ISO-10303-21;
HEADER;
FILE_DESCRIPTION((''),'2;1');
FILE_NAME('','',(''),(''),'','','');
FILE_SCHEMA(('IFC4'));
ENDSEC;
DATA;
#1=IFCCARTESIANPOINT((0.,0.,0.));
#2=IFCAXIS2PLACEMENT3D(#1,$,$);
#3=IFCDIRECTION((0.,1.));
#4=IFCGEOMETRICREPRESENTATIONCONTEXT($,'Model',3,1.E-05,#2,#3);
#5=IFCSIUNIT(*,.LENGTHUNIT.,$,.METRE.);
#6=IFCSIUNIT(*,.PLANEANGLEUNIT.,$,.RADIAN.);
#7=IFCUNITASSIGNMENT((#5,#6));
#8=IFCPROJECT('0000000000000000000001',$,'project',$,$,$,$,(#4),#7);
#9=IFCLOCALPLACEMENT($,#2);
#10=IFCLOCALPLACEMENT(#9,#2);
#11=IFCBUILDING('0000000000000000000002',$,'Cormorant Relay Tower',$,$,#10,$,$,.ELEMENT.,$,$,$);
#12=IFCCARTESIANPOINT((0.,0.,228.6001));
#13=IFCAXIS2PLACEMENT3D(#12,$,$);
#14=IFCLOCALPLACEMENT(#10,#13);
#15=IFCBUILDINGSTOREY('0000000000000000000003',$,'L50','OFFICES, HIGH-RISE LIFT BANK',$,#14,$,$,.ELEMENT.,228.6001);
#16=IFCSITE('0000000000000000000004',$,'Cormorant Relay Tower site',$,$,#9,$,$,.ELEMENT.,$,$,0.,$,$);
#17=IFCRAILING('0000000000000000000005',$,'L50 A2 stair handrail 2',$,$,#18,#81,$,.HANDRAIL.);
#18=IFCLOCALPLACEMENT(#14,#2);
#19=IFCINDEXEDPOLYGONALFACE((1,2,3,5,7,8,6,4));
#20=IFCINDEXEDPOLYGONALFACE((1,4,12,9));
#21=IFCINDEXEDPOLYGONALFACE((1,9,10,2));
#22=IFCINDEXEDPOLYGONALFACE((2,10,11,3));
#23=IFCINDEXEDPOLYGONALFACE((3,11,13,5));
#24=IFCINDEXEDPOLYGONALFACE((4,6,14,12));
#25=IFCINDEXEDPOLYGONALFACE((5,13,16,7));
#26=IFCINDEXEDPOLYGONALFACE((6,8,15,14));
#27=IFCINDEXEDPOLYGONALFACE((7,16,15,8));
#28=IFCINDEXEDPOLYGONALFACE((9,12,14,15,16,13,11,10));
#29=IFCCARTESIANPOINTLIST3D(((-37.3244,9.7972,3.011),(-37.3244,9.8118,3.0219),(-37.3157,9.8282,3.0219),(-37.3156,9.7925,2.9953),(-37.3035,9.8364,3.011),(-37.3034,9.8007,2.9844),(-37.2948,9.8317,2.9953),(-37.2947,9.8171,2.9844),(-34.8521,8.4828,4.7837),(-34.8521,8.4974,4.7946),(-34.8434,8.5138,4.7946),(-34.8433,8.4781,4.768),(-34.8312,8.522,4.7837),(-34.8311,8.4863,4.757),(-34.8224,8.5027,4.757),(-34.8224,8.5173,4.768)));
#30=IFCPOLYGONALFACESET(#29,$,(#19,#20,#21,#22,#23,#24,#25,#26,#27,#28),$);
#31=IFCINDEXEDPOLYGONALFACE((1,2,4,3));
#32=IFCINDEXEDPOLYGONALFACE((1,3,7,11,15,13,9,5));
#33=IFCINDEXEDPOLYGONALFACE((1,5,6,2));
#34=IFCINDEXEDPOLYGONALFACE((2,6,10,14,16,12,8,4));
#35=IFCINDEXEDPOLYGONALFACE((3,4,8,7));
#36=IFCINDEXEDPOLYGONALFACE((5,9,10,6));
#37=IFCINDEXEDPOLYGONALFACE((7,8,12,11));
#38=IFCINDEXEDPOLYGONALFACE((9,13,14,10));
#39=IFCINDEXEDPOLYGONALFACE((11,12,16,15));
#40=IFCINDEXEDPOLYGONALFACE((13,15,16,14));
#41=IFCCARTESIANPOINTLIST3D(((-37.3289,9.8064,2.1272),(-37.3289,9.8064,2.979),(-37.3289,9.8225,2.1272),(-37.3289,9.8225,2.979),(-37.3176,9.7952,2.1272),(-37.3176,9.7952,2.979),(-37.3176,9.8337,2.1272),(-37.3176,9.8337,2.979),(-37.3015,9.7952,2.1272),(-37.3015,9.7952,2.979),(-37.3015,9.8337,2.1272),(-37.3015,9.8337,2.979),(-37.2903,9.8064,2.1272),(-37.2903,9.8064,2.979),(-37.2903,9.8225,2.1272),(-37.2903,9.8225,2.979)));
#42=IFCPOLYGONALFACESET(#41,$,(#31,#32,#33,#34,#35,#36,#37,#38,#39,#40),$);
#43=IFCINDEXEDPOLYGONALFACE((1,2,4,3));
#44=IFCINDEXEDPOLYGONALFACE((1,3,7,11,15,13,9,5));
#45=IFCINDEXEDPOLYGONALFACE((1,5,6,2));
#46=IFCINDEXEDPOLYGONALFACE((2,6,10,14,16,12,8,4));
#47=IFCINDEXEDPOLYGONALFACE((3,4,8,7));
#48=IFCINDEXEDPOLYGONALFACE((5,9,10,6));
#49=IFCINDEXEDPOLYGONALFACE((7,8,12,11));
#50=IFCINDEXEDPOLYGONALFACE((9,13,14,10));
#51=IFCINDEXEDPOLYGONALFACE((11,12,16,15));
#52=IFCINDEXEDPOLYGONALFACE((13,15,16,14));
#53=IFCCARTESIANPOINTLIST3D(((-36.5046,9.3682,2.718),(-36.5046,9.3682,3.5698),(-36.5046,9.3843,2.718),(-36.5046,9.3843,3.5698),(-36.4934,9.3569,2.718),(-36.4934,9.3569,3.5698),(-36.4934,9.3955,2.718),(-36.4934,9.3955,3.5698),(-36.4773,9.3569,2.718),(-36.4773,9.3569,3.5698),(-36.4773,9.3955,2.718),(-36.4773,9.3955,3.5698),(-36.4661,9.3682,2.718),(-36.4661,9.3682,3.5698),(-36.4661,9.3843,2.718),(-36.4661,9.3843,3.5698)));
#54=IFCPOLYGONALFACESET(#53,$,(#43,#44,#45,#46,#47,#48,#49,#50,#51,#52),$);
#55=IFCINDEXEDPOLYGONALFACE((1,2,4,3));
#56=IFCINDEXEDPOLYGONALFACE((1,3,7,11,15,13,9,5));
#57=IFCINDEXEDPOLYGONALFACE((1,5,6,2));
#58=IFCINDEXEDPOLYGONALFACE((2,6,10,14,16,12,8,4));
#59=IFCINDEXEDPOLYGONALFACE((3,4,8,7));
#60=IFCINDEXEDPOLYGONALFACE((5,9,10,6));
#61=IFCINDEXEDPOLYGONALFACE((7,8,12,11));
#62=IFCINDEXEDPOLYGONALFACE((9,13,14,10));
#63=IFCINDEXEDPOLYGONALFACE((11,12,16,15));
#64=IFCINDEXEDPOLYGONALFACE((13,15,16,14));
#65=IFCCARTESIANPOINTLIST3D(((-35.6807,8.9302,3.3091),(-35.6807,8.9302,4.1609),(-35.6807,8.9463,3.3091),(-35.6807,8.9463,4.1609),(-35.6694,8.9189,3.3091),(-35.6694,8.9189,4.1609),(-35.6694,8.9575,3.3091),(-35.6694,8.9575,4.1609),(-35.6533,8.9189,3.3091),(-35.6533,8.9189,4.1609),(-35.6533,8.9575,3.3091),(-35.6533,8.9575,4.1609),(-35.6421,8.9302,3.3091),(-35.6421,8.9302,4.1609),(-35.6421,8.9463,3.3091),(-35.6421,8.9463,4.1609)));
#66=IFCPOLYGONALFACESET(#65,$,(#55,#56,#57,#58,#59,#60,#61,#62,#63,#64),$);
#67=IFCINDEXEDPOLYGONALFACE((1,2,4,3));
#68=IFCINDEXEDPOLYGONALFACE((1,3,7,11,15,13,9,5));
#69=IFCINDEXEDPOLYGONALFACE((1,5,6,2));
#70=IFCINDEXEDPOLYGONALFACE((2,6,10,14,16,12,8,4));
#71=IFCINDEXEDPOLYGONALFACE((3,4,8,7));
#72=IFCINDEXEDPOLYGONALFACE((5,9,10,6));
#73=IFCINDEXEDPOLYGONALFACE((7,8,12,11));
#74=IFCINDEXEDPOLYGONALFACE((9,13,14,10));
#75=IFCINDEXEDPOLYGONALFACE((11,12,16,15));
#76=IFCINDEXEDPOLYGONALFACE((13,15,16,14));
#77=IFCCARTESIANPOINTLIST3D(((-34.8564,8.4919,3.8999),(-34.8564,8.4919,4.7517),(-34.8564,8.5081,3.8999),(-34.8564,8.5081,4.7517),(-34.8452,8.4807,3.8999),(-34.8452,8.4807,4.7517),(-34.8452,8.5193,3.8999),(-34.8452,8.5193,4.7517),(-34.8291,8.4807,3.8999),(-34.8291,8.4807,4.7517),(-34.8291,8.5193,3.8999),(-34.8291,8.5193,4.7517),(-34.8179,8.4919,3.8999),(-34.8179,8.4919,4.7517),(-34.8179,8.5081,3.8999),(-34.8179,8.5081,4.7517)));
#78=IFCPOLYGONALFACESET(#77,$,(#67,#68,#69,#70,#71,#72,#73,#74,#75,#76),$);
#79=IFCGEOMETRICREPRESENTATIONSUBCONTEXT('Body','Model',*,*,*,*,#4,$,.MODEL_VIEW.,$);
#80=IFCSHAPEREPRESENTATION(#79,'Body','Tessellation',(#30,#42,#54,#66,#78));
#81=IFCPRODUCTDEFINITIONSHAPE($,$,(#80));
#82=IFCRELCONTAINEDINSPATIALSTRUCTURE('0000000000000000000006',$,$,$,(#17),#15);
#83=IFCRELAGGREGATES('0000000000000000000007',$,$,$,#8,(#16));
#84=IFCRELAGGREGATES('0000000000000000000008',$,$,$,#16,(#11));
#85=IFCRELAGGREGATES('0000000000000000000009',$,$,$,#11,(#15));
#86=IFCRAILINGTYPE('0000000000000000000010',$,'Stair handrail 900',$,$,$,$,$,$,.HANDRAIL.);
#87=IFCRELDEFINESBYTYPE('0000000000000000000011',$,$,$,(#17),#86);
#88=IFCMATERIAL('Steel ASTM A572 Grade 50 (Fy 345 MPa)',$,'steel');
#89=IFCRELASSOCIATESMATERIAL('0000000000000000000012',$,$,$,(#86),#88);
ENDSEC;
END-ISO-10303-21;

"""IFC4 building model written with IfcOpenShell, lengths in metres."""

from ifc_helpers import new_model, si_unit, direction, frame, origin, place, context, subcontext, project, spatial, polyline, outline, extrude, material, type_object, element, save


model = new_model("IFC4")

# Units and contexts
model_context = context("Model", 3, precision=1e-05, world=origin(), true_north=direction((0.0, 1.0)))
body_context = subcontext(model_context, "Body", "Model", "MODEL_VIEW")
ifc_project = project(units=[si_unit("LENGTHUNIT", "METRE"), si_unit("PLANEANGLEUNIT", "RADIAN")], contexts=[model_context])

# Site, building, storey
site_placement = place(None, origin())
site = spatial("IfcSite", under=ifc_project, at=site_placement, Name="Cormorant Relay Tower site", CompositionType="ELEMENT", RefElevation=0.0)
building_placement = place(site_placement, origin())
building = spatial("IfcBuilding", under=site, at=building_placement, Name="Cormorant Relay Tower", CompositionType="ELEMENT")
storey_placement = place(building_placement, frame((0.0, 0.0, 228.6001)))
storey = spatial("IfcBuildingStorey", under=building, at=storey_placement, Name="L50", Description="OFFICES, HIGH-RISE LIFT BANK", CompositionType="ELEMENT", Elevation=228.6001)

# Railing
ifc_material_1 = material(Name="Steel ASTM A572 Grade 50 (Fy 345 MPa)", Category="steel")
railing_type_1 = type_object("IfcRailingType", Name="Stair handrail 900", PredefinedType="HANDRAIL", material=ifc_material_1)
railing_1_placement = place(storey_placement, frame((-37.3096, 9.8145, 2.1272)))
element("IfcRailing", 1, at=railing_1_placement, inside=storey, type_object=railing_type_1, Name="L50 A2 stair handrail 2", PredefinedType="HANDRAIL", context=body_context, shape_type="SweptSolid", body=[
    extrude(outline(polyline([(0.0222, 0.0093), (0.0093, 0.0222), (-0.0093, 0.0222), (-0.0222, 0.0093), (-0.0222, -0.0093), (-0.0093, -0.0222), (0.0093, -0.0222), (0.0222, -0.0093), (0.0222, 0.0093)])), frame((0.0, 0.0, 0.876), z_axis=(0.746034, -0.396627, 0.534902), x_axis=(0.469429, 0.88297, 0.0)), (0.0, 0.0, 1.0), 3.314),
    extrude(outline(polyline([(0.0193, 0.0081), (0.0081, 0.0193), (-0.0081, 0.0193), (-0.0193, 0.0081), (-0.0193, -0.0081), (-0.0081, -0.0193), (0.0081, -0.0193), (0.0193, -0.0081), (0.0193, 0.0081)])), origin(), (0.0, 0.0, 1.0), 0.8518),
    extrude(outline(polyline([(0.0193, 0.0081), (0.0081, 0.0193), (-0.0081, 0.0193), (-0.0193, 0.0081), (-0.0193, -0.0081), (-0.0081, -0.0193), (0.0081, -0.0193), (0.0193, -0.0081), (0.0193, 0.0081)])), frame((0.8242, -0.4382, 0.5908)), (0.0, 0.0, 1.0), 0.8518),
    extrude(outline(polyline([(0.0193, 0.0081), (0.0081, 0.0193), (-0.0081, 0.0193), (-0.0193, 0.0081), (-0.0193, -0.0081), (-0.0081, -0.0193), (0.0081, -0.0193), (0.0193, -0.0081), (0.0193, 0.0081)])), frame((1.6482, -0.8762, 1.1819)), (0.0, 0.0, 1.0), 0.8518),
    extrude(outline(polyline([(0.0193, 0.0081), (0.0081, 0.0193), (-0.0081, 0.0193), (-0.0193, 0.0081), (-0.0193, -0.0081), (-0.0081, -0.0193), (0.0081, -0.0193), (0.0193, -0.0081), (0.0193, 0.0081)])), frame((2.4724, -1.3145, 1.7727)), (0.0, 0.0, 1.0), 0.8518),
])

save(model, "model.ifc")
